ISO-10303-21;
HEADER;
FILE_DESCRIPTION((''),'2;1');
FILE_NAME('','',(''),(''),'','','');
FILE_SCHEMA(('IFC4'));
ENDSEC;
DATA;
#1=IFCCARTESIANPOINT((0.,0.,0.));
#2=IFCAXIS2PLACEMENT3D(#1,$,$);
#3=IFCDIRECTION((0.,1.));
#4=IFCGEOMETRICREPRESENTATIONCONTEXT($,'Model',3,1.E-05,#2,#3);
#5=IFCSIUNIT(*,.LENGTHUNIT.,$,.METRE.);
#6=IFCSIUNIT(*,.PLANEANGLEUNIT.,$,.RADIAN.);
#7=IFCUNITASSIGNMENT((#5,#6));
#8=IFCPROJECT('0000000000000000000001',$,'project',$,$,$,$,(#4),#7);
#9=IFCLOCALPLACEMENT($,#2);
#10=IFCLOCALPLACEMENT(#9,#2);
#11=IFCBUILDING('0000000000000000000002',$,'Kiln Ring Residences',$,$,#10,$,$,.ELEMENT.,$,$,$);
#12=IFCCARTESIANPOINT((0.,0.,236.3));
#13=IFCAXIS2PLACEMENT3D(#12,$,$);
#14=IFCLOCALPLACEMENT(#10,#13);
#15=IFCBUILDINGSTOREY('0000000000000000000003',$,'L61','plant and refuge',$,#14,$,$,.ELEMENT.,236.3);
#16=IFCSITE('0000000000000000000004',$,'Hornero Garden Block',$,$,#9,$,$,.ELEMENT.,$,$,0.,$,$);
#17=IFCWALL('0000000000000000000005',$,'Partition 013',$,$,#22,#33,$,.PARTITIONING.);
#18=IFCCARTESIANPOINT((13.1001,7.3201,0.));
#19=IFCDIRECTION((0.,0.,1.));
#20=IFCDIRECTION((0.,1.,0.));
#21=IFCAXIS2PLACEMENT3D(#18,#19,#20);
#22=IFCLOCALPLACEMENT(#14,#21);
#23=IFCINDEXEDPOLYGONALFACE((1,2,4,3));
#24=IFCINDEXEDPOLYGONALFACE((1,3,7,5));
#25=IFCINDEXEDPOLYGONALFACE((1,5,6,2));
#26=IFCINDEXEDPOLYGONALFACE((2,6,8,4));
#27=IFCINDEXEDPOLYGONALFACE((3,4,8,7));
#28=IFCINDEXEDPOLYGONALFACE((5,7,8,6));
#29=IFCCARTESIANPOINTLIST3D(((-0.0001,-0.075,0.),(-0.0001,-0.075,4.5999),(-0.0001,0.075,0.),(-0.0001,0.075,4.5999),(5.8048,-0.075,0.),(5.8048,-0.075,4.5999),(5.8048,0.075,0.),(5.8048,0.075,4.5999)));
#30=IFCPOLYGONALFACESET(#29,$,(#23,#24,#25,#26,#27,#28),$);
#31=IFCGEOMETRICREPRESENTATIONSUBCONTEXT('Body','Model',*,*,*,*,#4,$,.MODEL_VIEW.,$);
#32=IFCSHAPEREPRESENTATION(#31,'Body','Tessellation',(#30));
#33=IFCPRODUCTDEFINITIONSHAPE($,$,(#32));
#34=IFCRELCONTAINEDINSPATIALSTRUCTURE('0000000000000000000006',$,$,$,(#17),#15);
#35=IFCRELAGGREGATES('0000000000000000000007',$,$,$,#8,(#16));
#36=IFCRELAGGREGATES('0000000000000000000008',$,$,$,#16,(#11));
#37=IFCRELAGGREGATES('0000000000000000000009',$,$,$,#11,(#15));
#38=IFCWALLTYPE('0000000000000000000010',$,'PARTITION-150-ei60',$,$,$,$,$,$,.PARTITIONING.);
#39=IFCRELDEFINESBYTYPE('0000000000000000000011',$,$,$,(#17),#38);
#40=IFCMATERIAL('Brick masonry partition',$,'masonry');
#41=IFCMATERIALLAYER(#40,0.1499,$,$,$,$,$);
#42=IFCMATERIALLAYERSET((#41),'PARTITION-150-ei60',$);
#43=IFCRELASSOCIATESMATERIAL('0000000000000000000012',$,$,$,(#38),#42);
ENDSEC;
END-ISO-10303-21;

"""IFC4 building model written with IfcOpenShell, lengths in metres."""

from ifc_helpers import new_model, si_unit, direction, frame, frame_2d, origin, place, context, subcontext, project, spatial, rectangle, extrude, material, layer, layer_set, type_object, element, save


model = new_model("IFC4")

# Units and contexts
model_context = context("Model", 3, precision=1e-05, world=origin(), true_north=direction((0.0, 1.0)))
body_context = subcontext(model_context, "Body", "Model", "MODEL_VIEW")
ifc_project = project(units=[si_unit("LENGTHUNIT", "METRE"), si_unit("PLANEANGLEUNIT", "RADIAN")], contexts=[model_context])

# Site, building, storey
site_placement = place(None, origin())
site = spatial("IfcSite", under=ifc_project, at=site_placement, Name="Hornero Garden Block", CompositionType="ELEMENT", RefElevation=0.0)
building_placement = place(site_placement, origin())
building = spatial("IfcBuilding", under=site, at=building_placement, Name="Kiln Ring Residences", CompositionType="ELEMENT")
storey_placement = place(building_placement, frame((0.0, 0.0, 236.3)))
storey = spatial("IfcBuildingStorey", under=building, at=storey_placement, Name="L61", Description="plant and refuge", CompositionType="ELEMENT", Elevation=236.3)

# Wall
ifc_material_1 = material(Name="Brick masonry partition", Category="masonry")
ifc_layer_1 = layer(ifc_material_1, 0.1499)
ifc_layer_set_1 = layer_set([ifc_layer_1], Name="PARTITION-150-ei60")
wall_type_1 = type_object("IfcWallType", Name="PARTITION-150-ei60", PredefinedType="PARTITIONING", material=ifc_layer_set_1)
wall_1_placement = place(storey_placement, frame((13.1001, 7.3201, 0.0), z_axis=(0.0, 0.0, 1.0), x_axis=(0.0, 1.0, 0.0)))
element("IfcWall", 1, at=wall_1_placement, inside=storey, type_object=wall_type_1, Name="Partition 013", PredefinedType="PARTITIONING", context=body_context, shape_type="SweptSolid", body=[
    extrude(rectangle(XDim=5.8049, YDim=0.1499, at=frame_2d((2.9023, 0.0))), origin(), (0.0, 0.0, 1.0), 4.5999),
])

save(model, "model.ifc")
